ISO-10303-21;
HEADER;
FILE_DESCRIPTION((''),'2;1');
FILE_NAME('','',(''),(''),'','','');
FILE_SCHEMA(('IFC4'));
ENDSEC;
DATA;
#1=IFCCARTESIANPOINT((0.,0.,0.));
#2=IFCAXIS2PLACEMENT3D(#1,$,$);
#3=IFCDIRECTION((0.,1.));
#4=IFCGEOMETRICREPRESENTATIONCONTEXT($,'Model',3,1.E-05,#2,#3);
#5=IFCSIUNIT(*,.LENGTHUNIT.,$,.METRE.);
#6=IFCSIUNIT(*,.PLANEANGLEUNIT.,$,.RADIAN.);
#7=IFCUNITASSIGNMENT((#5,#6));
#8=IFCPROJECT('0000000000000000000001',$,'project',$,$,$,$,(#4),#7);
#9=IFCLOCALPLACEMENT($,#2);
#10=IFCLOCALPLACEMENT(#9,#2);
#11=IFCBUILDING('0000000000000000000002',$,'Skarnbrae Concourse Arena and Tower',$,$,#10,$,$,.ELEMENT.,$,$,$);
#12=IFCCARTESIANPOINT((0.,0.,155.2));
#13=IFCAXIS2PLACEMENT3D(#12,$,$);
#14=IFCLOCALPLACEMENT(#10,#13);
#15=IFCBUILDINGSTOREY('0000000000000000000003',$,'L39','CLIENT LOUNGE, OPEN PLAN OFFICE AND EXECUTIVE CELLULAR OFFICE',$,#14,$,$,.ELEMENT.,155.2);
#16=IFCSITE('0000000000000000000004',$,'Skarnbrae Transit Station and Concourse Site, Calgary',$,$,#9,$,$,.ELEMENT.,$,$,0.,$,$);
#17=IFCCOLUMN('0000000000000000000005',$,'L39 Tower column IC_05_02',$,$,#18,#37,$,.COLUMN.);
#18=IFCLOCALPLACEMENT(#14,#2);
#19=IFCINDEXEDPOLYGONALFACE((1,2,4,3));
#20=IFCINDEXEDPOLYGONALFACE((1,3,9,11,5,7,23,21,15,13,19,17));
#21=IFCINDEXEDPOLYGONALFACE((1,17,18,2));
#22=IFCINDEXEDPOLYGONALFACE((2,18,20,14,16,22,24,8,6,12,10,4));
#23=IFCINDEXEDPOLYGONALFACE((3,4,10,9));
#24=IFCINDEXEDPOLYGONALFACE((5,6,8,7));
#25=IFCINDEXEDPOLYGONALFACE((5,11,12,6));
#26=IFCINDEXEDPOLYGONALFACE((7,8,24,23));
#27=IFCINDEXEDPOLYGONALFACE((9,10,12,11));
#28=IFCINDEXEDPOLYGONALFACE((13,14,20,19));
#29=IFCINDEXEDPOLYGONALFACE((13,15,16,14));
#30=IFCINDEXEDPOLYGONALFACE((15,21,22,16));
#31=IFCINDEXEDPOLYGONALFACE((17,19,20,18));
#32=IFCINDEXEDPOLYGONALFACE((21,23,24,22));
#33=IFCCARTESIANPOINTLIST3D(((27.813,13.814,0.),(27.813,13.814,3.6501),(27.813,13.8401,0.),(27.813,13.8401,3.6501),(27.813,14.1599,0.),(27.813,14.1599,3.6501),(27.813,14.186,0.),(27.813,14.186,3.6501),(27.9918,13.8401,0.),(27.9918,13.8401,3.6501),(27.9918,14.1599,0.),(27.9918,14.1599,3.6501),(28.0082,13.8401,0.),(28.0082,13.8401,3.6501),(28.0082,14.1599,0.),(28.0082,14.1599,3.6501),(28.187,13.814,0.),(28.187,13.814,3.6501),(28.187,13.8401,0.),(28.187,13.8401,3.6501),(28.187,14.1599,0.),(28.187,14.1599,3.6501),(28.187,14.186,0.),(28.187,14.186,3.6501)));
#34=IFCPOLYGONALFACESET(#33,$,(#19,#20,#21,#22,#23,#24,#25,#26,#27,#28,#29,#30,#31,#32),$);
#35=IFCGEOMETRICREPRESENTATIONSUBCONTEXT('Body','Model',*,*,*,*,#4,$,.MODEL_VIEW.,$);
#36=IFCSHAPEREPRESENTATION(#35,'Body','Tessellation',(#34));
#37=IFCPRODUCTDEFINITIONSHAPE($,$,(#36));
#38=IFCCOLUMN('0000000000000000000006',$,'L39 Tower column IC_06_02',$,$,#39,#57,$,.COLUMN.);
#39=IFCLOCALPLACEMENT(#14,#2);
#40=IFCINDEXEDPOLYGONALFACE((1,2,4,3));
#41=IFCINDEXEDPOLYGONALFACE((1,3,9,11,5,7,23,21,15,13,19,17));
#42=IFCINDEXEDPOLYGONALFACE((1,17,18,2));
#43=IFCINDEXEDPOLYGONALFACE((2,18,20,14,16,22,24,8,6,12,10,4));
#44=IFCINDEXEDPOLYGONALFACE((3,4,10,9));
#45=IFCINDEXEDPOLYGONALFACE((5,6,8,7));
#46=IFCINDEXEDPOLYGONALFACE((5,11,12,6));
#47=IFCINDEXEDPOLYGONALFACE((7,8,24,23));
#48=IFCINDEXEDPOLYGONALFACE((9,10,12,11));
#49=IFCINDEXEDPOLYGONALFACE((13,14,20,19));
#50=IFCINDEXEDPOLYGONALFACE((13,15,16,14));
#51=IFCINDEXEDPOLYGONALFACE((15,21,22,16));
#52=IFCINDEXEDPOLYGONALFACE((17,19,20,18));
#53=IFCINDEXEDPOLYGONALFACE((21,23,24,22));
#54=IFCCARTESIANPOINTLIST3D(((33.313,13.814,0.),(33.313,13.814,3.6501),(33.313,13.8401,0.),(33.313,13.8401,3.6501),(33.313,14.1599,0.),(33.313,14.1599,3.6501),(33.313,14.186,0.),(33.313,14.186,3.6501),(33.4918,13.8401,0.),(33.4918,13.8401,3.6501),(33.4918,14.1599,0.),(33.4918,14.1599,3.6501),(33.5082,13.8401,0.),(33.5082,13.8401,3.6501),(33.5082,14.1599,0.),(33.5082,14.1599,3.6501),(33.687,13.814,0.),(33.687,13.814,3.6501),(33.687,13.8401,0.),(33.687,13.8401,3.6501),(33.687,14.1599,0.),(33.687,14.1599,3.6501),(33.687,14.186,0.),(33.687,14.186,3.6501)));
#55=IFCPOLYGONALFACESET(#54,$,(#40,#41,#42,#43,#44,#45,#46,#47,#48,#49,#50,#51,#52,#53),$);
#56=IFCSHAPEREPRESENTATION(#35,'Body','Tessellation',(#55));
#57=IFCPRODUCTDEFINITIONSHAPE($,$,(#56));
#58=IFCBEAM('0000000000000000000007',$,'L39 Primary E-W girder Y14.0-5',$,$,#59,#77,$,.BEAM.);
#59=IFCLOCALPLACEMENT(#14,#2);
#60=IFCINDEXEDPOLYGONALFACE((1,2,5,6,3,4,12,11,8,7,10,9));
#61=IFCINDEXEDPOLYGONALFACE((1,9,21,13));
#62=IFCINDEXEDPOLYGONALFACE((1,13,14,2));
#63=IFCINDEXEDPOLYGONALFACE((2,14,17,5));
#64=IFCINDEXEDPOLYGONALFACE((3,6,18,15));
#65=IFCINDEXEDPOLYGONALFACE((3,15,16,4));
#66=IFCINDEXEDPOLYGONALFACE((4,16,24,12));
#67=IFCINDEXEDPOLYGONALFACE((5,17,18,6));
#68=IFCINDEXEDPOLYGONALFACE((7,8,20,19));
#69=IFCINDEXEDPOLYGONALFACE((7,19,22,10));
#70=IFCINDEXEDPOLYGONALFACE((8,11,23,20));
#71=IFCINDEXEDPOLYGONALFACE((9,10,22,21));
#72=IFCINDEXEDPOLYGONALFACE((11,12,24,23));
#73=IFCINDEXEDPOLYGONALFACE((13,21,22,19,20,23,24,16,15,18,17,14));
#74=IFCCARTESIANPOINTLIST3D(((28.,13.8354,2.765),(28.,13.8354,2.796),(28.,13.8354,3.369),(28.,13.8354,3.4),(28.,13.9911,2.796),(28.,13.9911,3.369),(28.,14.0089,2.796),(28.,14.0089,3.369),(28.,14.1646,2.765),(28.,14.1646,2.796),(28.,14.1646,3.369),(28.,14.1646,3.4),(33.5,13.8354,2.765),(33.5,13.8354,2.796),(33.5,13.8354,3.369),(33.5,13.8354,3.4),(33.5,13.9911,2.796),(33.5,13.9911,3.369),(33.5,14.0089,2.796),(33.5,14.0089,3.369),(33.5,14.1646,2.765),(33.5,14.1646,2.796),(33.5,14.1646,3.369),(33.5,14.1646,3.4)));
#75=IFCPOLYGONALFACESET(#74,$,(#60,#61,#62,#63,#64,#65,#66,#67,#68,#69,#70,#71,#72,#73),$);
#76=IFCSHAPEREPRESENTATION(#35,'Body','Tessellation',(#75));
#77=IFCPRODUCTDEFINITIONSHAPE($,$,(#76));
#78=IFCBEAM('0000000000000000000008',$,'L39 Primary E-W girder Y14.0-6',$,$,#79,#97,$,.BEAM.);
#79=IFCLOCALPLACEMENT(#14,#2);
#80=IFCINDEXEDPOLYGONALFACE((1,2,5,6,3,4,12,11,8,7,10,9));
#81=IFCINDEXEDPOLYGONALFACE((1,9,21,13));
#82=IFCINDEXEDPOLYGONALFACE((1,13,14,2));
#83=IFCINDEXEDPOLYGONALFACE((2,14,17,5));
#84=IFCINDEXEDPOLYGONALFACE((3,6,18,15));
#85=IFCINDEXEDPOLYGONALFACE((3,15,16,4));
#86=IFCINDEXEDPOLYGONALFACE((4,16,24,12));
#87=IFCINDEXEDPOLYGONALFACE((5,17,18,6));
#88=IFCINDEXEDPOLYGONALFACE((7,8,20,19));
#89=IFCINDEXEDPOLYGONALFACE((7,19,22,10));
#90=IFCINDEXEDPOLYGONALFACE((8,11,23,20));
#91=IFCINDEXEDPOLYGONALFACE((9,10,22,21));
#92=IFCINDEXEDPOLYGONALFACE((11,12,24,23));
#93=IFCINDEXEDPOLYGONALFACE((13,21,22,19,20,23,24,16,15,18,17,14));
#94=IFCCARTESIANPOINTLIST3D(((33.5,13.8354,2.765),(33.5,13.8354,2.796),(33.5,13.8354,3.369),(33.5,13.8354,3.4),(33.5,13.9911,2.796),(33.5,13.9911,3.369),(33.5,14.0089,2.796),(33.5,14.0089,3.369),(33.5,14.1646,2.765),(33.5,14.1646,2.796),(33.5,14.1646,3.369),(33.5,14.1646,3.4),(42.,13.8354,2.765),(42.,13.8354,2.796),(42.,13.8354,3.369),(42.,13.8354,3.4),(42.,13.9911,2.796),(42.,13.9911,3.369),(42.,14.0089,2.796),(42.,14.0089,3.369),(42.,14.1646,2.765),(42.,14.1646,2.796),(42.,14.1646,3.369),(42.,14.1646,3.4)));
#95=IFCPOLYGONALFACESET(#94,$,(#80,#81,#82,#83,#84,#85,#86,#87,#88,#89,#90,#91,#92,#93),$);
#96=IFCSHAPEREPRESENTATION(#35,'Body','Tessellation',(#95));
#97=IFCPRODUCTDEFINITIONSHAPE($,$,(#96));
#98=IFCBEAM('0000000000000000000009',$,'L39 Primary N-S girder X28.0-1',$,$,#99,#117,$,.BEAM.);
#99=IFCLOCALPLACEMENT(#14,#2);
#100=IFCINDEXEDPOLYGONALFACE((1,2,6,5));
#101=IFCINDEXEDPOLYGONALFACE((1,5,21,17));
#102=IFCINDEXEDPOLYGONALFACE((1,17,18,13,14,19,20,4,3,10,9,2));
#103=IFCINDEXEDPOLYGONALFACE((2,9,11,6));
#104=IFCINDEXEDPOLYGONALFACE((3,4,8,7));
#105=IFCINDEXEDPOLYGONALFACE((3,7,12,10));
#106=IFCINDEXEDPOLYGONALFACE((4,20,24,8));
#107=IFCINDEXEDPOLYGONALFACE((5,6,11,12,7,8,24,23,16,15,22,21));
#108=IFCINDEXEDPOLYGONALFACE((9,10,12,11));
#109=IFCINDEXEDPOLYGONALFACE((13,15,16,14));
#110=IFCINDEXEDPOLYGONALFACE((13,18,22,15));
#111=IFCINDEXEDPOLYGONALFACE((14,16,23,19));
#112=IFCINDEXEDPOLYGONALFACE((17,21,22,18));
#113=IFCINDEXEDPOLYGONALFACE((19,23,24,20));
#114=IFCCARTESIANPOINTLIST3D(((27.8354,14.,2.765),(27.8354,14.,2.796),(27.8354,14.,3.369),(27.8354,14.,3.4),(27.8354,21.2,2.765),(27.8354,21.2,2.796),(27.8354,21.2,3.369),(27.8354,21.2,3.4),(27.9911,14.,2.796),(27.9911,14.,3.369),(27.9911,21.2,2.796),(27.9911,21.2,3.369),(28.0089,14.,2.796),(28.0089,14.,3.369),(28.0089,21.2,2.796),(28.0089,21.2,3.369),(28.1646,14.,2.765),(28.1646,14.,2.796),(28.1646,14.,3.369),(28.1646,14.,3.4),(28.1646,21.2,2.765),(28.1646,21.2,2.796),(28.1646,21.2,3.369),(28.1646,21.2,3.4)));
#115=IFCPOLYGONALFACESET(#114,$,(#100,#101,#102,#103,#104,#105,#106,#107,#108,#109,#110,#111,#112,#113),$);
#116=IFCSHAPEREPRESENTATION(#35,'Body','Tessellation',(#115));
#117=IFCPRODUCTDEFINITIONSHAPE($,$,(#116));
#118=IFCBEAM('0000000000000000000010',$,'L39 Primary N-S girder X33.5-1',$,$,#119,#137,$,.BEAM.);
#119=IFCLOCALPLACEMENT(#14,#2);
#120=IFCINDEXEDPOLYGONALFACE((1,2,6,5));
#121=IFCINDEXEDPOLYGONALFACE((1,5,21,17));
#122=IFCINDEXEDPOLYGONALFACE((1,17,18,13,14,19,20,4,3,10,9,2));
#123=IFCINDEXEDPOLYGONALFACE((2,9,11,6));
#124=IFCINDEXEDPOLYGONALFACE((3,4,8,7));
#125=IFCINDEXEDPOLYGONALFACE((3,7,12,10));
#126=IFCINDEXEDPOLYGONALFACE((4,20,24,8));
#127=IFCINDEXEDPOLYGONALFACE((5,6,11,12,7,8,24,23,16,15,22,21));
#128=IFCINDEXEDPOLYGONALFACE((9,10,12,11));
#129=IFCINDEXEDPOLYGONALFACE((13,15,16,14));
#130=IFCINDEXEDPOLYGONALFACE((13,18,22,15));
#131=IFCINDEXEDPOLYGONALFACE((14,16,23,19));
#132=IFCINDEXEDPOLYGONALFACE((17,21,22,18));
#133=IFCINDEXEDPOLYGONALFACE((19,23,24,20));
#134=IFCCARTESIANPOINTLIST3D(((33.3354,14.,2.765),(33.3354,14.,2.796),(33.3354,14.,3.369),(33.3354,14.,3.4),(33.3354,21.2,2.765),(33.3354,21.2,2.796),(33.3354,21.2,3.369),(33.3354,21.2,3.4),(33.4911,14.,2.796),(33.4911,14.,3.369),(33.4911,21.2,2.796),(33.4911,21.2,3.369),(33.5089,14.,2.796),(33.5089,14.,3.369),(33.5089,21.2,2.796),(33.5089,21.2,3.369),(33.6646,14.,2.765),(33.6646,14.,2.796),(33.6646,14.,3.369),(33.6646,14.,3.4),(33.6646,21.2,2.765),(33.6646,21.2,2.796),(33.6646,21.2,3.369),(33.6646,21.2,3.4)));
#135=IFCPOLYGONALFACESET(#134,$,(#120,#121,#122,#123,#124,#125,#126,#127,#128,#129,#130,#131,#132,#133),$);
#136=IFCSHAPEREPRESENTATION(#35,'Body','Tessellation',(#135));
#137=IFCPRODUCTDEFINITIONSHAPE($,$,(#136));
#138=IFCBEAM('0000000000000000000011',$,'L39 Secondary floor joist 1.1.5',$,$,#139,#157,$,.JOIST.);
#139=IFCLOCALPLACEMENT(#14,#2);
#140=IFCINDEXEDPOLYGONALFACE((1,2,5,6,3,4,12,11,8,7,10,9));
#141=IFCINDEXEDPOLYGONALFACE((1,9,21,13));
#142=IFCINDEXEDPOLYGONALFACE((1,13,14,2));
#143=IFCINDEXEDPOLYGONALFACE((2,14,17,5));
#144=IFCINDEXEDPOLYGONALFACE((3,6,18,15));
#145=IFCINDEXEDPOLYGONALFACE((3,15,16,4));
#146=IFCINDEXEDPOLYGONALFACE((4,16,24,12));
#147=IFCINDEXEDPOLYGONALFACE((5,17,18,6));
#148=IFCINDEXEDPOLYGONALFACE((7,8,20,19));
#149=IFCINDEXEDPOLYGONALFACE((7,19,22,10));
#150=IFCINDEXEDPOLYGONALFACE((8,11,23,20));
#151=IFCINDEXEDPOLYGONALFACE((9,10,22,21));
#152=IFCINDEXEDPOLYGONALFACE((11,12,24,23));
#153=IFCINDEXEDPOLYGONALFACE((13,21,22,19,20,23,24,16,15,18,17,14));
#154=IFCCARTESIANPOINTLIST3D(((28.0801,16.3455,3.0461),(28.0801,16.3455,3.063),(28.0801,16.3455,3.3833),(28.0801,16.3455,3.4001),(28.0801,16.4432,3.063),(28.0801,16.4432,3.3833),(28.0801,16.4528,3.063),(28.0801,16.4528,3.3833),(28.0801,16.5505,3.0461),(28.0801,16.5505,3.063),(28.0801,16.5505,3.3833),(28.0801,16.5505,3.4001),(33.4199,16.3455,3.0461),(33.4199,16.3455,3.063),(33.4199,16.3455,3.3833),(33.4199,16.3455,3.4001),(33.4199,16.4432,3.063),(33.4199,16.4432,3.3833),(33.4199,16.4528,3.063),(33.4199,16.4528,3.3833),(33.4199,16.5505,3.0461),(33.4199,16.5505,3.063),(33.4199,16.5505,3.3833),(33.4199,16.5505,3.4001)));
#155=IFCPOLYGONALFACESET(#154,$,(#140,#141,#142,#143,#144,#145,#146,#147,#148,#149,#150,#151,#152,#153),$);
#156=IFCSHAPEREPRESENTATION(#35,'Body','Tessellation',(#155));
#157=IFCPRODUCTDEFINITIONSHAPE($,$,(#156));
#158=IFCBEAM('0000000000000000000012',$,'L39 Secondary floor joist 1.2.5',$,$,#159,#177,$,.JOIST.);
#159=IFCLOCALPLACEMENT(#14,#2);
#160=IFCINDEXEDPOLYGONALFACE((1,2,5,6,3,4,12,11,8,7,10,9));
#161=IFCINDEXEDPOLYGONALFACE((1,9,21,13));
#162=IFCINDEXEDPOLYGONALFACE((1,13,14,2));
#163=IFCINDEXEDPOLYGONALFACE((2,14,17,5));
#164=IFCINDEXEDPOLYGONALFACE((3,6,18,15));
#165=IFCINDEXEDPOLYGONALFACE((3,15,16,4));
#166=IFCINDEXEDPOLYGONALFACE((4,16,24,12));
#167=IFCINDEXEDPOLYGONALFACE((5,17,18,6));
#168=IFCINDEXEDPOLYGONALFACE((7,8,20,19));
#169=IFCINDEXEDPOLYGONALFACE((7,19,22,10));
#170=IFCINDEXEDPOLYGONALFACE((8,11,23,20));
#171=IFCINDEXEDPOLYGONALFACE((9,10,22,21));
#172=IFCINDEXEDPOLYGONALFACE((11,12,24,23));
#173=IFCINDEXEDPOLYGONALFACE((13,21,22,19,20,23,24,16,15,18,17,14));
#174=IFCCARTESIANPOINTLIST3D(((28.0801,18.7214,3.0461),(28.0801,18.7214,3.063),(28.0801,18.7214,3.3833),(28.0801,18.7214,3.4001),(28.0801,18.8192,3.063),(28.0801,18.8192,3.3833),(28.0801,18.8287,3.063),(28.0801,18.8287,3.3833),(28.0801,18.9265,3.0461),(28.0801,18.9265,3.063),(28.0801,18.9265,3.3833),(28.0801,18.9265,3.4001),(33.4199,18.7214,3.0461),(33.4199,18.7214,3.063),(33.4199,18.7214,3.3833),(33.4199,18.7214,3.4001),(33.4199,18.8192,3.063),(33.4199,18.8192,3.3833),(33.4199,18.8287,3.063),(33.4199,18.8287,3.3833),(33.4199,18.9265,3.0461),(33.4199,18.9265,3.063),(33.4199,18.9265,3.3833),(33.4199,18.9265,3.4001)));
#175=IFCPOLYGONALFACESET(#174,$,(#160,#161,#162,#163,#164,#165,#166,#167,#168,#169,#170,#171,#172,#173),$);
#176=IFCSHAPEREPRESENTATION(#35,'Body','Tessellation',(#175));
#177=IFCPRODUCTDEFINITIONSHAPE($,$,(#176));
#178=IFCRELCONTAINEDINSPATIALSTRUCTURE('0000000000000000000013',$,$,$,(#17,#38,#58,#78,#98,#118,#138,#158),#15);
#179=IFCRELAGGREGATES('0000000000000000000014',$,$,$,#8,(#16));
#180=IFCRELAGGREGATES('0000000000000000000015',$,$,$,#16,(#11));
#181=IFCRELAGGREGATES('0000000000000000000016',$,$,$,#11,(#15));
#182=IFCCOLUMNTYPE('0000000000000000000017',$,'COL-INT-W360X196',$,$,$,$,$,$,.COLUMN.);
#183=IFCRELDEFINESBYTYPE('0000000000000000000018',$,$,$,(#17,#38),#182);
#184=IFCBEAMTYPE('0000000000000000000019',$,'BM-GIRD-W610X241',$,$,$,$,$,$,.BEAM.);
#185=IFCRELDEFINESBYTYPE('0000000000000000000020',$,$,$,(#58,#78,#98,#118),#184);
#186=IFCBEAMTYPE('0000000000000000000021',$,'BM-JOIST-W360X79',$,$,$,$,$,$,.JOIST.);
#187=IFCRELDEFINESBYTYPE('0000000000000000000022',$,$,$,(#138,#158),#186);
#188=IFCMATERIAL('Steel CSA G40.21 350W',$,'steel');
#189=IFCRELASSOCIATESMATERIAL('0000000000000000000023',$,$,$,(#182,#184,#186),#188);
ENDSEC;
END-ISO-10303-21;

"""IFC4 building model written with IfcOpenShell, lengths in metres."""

from ifc_helpers import new_model, si_unit, direction, frame, origin, origin_2d, place, context, subcontext, project, spatial, i_section, extrude, source, transform, mapped, material, material_profile, profile_set, type_object, element, save


model = new_model("IFC4")

# Units and contexts
model_context = context("Model", 3, precision=1e-05, world=origin(), true_north=direction((0.0, 1.0)))
body_context = subcontext(model_context, "Body", "Model", "MODEL_VIEW")
ifc_project = project(units=[si_unit("LENGTHUNIT", "METRE"), si_unit("PLANEANGLEUNIT", "RADIAN")], contexts=[model_context])

# Site, building, storey
site_placement = place(None, origin())
site = spatial("IfcSite", under=ifc_project, at=site_placement, Name="Skarnbrae Transit Station and Concourse Site, Calgary", CompositionType="ELEMENT", RefElevation=0.0)
building_placement = place(site_placement, origin())
building = spatial("IfcBuilding", under=site, at=building_placement, Name="Skarnbrae Concourse Arena and Tower", CompositionType="ELEMENT")
storey_placement = place(building_placement, frame((0.0, 0.0, 155.2)))
storey = spatial("IfcBuildingStorey", under=building, at=storey_placement, Name="L39", Description="CLIENT LOUNGE, OPEN PLAN OFFICE AND EXECUTIVE CELLULAR OFFICE", CompositionType="ELEMENT", Elevation=155.2)

# Columns
ifc_material_1 = material(Name="Steel CSA G40.21 350W", Category="steel")
ifc_material_profile_1 = material_profile(ifc_material_1, i_section(OverallWidth=0.374, OverallDepth=0.3721, WebThickness=0.0164, FlangeThickness=0.0261, at=origin_2d()), Name="W360X196")
ifc_profile_set_1 = profile_set([ifc_material_profile_1], Name="Steel CSA G40.21 350W")
column_type = type_object("IfcColumnType", Name="COL-INT-W360X196", PredefinedType="COLUMN", material=ifc_profile_set_1)
shared_shape_1 = source(origin(), body_context, "Body", "SweptSolid", [
    extrude(i_section(OverallWidth=0.374, OverallDepth=0.3721, WebThickness=0.0164, FlangeThickness=0.0261, at=origin_2d()), origin(), (0.0, 0.0, 1.0), 3.6501),
])
for number, where, z_axis, x_axis, name in (
    (1, (28.0, 14.0, 0.0), (0.0, 0.0, 1.0), (1.0, 0.0, 0.0), "L39 Tower column IC_05_02"),
    (2, (33.5, 14.0, 0.0), (0.0, 0.0, 1.0), (1.0, 0.0, 0.0), "L39 Tower column IC_06_02"),
):
    element("IfcColumn", number, at=place(storey_placement, frame(where, z_axis=z_axis, x_axis=x_axis)), inside=storey, type_object=column_type, Name=name, PredefinedType="COLUMN", context=body_context, shape_type="MappedRepresentation", body=[
        mapped(shared_shape_1, transform((0.0, 0.0, 0.0))),
    ])

# Beams
ifc_material_profile_2 = material_profile(ifc_material_1, i_section(OverallWidth=0.3291, OverallDepth=0.635, WebThickness=0.0178, FlangeThickness=0.031, at=origin_2d()), Name="W610X241")
ifc_profile_set_2 = profile_set([ifc_material_profile_2], Name="Steel CSA G40.21 350W")
beam_type_1 = type_object("IfcBeamType", Name="BM-GIRD-W610X241", PredefinedType="BEAM", material=ifc_profile_set_2)
shared_shape_2 = source(origin(), body_context, "Body", "SweptSolid", [
    extrude(i_section(OverallWidth=0.3291, OverallDepth=0.635, WebThickness=0.0178, FlangeThickness=0.031, at=origin_2d()), origin(), (0.0, 0.0, 1.0), 5.5),
])
beam_1_placement = place(storey_placement, frame((28.0, 14.0, 3.0825), z_axis=(1.0, 0.0, 0.0), x_axis=(0.0, 1.0, 0.0)))
element("IfcBeam", 3, at=beam_1_placement, inside=storey, type_object=beam_type_1, Name="L39 Primary E-W girder Y14.0-5", PredefinedType="BEAM", context=body_context, shape_type="MappedRepresentation", body=[
    mapped(shared_shape_2, transform((0.0, 0.0, 0.0))),
])
shared_shape_3 = source(origin(), body_context, "Body", "SweptSolid", [
    extrude(i_section(OverallWidth=0.3291, OverallDepth=0.635, WebThickness=0.0178, FlangeThickness=0.031, at=origin_2d()), origin(), (0.0, 0.0, 1.0), 8.5),
])
beam_2_placement = place(storey_placement, frame((33.5, 14.0, 3.0825), z_axis=(1.0, 0.0, 0.0), x_axis=(0.0, 1.0, 0.0)))
element("IfcBeam", 4, at=beam_2_placement, inside=storey, type_object=beam_type_1, Name="L39 Primary E-W girder Y14.0-6", PredefinedType="BEAM", context=body_context, shape_type="MappedRepresentation", body=[
    mapped(shared_shape_3, transform((0.0, 0.0, 0.0))),
])
shared_shape_4 = source(origin(), body_context, "Body", "SweptSolid", [
    extrude(i_section(OverallWidth=0.3291, OverallDepth=0.635, WebThickness=0.0178, FlangeThickness=0.031, at=origin_2d()), origin(), (0.0, 0.0, 1.0), 7.2),
])
for number, where, z_axis, x_axis, name in (
    (5, (28.0, 14.0, 3.0825), (0.0, 1.0, 0.0), (-1.0, 0.0, 0.0), "L39 Primary N-S girder X28.0-1"),
    (6, (33.5, 14.0, 3.0825), (0.0, 1.0, 0.0), (-1.0, 0.0, 0.0), "L39 Primary N-S girder X33.5-1"),
):
    element("IfcBeam", number, at=place(storey_placement, frame(where, z_axis=z_axis, x_axis=x_axis)), inside=storey, type_object=beam_type_1, Name=name, PredefinedType="BEAM", context=body_context, shape_type="MappedRepresentation", body=[
        mapped(shared_shape_4, transform((0.0, 0.0, 0.0))),
    ])
ifc_material_profile_3 = material_profile(ifc_material_1, i_section(OverallWidth=0.2051, OverallDepth=0.354, WebThickness=0.0095, FlangeThickness=0.0168, at=origin_2d()), Name="W360X79")
ifc_profile_set_3 = profile_set([ifc_material_profile_3], Name="Steel CSA G40.21 350W")
beam_type_2 = type_object("IfcBeamType", Name="BM-JOIST-W360X79", PredefinedType="JOIST", material=ifc_profile_set_3)
shared_shape_5 = source(origin(), body_context, "Body", "SweptSolid", [
    extrude(i_section(OverallWidth=0.2051, OverallDepth=0.354, WebThickness=0.0095, FlangeThickness=0.0168, at=origin_2d()), origin(), (0.0, 0.0, 1.0), 5.3398),
])
for number, where, z_axis, x_axis, name in (
    (7, (28.0801, 16.448, 3.2231), (1.0, 0.0, 0.0), (0.0, 1.0, 0.0), "L39 Secondary floor joist 1.1.5"),
    (8, (28.0801, 18.824, 3.2231), (1.0, 0.0, 0.0), (0.0, 1.0, 0.0), "L39 Secondary floor joist 1.2.5"),
):
    element("IfcBeam", number, at=place(storey_placement, frame(where, z_axis=z_axis, x_axis=x_axis)), inside=storey, type_object=beam_type_2, Name=name, PredefinedType="JOIST", context=body_context, shape_type="MappedRepresentation", body=[
        mapped(shared_shape_5, transform((0.0, 0.0, 0.0))),
    ])

save(model, "model.ifc")
